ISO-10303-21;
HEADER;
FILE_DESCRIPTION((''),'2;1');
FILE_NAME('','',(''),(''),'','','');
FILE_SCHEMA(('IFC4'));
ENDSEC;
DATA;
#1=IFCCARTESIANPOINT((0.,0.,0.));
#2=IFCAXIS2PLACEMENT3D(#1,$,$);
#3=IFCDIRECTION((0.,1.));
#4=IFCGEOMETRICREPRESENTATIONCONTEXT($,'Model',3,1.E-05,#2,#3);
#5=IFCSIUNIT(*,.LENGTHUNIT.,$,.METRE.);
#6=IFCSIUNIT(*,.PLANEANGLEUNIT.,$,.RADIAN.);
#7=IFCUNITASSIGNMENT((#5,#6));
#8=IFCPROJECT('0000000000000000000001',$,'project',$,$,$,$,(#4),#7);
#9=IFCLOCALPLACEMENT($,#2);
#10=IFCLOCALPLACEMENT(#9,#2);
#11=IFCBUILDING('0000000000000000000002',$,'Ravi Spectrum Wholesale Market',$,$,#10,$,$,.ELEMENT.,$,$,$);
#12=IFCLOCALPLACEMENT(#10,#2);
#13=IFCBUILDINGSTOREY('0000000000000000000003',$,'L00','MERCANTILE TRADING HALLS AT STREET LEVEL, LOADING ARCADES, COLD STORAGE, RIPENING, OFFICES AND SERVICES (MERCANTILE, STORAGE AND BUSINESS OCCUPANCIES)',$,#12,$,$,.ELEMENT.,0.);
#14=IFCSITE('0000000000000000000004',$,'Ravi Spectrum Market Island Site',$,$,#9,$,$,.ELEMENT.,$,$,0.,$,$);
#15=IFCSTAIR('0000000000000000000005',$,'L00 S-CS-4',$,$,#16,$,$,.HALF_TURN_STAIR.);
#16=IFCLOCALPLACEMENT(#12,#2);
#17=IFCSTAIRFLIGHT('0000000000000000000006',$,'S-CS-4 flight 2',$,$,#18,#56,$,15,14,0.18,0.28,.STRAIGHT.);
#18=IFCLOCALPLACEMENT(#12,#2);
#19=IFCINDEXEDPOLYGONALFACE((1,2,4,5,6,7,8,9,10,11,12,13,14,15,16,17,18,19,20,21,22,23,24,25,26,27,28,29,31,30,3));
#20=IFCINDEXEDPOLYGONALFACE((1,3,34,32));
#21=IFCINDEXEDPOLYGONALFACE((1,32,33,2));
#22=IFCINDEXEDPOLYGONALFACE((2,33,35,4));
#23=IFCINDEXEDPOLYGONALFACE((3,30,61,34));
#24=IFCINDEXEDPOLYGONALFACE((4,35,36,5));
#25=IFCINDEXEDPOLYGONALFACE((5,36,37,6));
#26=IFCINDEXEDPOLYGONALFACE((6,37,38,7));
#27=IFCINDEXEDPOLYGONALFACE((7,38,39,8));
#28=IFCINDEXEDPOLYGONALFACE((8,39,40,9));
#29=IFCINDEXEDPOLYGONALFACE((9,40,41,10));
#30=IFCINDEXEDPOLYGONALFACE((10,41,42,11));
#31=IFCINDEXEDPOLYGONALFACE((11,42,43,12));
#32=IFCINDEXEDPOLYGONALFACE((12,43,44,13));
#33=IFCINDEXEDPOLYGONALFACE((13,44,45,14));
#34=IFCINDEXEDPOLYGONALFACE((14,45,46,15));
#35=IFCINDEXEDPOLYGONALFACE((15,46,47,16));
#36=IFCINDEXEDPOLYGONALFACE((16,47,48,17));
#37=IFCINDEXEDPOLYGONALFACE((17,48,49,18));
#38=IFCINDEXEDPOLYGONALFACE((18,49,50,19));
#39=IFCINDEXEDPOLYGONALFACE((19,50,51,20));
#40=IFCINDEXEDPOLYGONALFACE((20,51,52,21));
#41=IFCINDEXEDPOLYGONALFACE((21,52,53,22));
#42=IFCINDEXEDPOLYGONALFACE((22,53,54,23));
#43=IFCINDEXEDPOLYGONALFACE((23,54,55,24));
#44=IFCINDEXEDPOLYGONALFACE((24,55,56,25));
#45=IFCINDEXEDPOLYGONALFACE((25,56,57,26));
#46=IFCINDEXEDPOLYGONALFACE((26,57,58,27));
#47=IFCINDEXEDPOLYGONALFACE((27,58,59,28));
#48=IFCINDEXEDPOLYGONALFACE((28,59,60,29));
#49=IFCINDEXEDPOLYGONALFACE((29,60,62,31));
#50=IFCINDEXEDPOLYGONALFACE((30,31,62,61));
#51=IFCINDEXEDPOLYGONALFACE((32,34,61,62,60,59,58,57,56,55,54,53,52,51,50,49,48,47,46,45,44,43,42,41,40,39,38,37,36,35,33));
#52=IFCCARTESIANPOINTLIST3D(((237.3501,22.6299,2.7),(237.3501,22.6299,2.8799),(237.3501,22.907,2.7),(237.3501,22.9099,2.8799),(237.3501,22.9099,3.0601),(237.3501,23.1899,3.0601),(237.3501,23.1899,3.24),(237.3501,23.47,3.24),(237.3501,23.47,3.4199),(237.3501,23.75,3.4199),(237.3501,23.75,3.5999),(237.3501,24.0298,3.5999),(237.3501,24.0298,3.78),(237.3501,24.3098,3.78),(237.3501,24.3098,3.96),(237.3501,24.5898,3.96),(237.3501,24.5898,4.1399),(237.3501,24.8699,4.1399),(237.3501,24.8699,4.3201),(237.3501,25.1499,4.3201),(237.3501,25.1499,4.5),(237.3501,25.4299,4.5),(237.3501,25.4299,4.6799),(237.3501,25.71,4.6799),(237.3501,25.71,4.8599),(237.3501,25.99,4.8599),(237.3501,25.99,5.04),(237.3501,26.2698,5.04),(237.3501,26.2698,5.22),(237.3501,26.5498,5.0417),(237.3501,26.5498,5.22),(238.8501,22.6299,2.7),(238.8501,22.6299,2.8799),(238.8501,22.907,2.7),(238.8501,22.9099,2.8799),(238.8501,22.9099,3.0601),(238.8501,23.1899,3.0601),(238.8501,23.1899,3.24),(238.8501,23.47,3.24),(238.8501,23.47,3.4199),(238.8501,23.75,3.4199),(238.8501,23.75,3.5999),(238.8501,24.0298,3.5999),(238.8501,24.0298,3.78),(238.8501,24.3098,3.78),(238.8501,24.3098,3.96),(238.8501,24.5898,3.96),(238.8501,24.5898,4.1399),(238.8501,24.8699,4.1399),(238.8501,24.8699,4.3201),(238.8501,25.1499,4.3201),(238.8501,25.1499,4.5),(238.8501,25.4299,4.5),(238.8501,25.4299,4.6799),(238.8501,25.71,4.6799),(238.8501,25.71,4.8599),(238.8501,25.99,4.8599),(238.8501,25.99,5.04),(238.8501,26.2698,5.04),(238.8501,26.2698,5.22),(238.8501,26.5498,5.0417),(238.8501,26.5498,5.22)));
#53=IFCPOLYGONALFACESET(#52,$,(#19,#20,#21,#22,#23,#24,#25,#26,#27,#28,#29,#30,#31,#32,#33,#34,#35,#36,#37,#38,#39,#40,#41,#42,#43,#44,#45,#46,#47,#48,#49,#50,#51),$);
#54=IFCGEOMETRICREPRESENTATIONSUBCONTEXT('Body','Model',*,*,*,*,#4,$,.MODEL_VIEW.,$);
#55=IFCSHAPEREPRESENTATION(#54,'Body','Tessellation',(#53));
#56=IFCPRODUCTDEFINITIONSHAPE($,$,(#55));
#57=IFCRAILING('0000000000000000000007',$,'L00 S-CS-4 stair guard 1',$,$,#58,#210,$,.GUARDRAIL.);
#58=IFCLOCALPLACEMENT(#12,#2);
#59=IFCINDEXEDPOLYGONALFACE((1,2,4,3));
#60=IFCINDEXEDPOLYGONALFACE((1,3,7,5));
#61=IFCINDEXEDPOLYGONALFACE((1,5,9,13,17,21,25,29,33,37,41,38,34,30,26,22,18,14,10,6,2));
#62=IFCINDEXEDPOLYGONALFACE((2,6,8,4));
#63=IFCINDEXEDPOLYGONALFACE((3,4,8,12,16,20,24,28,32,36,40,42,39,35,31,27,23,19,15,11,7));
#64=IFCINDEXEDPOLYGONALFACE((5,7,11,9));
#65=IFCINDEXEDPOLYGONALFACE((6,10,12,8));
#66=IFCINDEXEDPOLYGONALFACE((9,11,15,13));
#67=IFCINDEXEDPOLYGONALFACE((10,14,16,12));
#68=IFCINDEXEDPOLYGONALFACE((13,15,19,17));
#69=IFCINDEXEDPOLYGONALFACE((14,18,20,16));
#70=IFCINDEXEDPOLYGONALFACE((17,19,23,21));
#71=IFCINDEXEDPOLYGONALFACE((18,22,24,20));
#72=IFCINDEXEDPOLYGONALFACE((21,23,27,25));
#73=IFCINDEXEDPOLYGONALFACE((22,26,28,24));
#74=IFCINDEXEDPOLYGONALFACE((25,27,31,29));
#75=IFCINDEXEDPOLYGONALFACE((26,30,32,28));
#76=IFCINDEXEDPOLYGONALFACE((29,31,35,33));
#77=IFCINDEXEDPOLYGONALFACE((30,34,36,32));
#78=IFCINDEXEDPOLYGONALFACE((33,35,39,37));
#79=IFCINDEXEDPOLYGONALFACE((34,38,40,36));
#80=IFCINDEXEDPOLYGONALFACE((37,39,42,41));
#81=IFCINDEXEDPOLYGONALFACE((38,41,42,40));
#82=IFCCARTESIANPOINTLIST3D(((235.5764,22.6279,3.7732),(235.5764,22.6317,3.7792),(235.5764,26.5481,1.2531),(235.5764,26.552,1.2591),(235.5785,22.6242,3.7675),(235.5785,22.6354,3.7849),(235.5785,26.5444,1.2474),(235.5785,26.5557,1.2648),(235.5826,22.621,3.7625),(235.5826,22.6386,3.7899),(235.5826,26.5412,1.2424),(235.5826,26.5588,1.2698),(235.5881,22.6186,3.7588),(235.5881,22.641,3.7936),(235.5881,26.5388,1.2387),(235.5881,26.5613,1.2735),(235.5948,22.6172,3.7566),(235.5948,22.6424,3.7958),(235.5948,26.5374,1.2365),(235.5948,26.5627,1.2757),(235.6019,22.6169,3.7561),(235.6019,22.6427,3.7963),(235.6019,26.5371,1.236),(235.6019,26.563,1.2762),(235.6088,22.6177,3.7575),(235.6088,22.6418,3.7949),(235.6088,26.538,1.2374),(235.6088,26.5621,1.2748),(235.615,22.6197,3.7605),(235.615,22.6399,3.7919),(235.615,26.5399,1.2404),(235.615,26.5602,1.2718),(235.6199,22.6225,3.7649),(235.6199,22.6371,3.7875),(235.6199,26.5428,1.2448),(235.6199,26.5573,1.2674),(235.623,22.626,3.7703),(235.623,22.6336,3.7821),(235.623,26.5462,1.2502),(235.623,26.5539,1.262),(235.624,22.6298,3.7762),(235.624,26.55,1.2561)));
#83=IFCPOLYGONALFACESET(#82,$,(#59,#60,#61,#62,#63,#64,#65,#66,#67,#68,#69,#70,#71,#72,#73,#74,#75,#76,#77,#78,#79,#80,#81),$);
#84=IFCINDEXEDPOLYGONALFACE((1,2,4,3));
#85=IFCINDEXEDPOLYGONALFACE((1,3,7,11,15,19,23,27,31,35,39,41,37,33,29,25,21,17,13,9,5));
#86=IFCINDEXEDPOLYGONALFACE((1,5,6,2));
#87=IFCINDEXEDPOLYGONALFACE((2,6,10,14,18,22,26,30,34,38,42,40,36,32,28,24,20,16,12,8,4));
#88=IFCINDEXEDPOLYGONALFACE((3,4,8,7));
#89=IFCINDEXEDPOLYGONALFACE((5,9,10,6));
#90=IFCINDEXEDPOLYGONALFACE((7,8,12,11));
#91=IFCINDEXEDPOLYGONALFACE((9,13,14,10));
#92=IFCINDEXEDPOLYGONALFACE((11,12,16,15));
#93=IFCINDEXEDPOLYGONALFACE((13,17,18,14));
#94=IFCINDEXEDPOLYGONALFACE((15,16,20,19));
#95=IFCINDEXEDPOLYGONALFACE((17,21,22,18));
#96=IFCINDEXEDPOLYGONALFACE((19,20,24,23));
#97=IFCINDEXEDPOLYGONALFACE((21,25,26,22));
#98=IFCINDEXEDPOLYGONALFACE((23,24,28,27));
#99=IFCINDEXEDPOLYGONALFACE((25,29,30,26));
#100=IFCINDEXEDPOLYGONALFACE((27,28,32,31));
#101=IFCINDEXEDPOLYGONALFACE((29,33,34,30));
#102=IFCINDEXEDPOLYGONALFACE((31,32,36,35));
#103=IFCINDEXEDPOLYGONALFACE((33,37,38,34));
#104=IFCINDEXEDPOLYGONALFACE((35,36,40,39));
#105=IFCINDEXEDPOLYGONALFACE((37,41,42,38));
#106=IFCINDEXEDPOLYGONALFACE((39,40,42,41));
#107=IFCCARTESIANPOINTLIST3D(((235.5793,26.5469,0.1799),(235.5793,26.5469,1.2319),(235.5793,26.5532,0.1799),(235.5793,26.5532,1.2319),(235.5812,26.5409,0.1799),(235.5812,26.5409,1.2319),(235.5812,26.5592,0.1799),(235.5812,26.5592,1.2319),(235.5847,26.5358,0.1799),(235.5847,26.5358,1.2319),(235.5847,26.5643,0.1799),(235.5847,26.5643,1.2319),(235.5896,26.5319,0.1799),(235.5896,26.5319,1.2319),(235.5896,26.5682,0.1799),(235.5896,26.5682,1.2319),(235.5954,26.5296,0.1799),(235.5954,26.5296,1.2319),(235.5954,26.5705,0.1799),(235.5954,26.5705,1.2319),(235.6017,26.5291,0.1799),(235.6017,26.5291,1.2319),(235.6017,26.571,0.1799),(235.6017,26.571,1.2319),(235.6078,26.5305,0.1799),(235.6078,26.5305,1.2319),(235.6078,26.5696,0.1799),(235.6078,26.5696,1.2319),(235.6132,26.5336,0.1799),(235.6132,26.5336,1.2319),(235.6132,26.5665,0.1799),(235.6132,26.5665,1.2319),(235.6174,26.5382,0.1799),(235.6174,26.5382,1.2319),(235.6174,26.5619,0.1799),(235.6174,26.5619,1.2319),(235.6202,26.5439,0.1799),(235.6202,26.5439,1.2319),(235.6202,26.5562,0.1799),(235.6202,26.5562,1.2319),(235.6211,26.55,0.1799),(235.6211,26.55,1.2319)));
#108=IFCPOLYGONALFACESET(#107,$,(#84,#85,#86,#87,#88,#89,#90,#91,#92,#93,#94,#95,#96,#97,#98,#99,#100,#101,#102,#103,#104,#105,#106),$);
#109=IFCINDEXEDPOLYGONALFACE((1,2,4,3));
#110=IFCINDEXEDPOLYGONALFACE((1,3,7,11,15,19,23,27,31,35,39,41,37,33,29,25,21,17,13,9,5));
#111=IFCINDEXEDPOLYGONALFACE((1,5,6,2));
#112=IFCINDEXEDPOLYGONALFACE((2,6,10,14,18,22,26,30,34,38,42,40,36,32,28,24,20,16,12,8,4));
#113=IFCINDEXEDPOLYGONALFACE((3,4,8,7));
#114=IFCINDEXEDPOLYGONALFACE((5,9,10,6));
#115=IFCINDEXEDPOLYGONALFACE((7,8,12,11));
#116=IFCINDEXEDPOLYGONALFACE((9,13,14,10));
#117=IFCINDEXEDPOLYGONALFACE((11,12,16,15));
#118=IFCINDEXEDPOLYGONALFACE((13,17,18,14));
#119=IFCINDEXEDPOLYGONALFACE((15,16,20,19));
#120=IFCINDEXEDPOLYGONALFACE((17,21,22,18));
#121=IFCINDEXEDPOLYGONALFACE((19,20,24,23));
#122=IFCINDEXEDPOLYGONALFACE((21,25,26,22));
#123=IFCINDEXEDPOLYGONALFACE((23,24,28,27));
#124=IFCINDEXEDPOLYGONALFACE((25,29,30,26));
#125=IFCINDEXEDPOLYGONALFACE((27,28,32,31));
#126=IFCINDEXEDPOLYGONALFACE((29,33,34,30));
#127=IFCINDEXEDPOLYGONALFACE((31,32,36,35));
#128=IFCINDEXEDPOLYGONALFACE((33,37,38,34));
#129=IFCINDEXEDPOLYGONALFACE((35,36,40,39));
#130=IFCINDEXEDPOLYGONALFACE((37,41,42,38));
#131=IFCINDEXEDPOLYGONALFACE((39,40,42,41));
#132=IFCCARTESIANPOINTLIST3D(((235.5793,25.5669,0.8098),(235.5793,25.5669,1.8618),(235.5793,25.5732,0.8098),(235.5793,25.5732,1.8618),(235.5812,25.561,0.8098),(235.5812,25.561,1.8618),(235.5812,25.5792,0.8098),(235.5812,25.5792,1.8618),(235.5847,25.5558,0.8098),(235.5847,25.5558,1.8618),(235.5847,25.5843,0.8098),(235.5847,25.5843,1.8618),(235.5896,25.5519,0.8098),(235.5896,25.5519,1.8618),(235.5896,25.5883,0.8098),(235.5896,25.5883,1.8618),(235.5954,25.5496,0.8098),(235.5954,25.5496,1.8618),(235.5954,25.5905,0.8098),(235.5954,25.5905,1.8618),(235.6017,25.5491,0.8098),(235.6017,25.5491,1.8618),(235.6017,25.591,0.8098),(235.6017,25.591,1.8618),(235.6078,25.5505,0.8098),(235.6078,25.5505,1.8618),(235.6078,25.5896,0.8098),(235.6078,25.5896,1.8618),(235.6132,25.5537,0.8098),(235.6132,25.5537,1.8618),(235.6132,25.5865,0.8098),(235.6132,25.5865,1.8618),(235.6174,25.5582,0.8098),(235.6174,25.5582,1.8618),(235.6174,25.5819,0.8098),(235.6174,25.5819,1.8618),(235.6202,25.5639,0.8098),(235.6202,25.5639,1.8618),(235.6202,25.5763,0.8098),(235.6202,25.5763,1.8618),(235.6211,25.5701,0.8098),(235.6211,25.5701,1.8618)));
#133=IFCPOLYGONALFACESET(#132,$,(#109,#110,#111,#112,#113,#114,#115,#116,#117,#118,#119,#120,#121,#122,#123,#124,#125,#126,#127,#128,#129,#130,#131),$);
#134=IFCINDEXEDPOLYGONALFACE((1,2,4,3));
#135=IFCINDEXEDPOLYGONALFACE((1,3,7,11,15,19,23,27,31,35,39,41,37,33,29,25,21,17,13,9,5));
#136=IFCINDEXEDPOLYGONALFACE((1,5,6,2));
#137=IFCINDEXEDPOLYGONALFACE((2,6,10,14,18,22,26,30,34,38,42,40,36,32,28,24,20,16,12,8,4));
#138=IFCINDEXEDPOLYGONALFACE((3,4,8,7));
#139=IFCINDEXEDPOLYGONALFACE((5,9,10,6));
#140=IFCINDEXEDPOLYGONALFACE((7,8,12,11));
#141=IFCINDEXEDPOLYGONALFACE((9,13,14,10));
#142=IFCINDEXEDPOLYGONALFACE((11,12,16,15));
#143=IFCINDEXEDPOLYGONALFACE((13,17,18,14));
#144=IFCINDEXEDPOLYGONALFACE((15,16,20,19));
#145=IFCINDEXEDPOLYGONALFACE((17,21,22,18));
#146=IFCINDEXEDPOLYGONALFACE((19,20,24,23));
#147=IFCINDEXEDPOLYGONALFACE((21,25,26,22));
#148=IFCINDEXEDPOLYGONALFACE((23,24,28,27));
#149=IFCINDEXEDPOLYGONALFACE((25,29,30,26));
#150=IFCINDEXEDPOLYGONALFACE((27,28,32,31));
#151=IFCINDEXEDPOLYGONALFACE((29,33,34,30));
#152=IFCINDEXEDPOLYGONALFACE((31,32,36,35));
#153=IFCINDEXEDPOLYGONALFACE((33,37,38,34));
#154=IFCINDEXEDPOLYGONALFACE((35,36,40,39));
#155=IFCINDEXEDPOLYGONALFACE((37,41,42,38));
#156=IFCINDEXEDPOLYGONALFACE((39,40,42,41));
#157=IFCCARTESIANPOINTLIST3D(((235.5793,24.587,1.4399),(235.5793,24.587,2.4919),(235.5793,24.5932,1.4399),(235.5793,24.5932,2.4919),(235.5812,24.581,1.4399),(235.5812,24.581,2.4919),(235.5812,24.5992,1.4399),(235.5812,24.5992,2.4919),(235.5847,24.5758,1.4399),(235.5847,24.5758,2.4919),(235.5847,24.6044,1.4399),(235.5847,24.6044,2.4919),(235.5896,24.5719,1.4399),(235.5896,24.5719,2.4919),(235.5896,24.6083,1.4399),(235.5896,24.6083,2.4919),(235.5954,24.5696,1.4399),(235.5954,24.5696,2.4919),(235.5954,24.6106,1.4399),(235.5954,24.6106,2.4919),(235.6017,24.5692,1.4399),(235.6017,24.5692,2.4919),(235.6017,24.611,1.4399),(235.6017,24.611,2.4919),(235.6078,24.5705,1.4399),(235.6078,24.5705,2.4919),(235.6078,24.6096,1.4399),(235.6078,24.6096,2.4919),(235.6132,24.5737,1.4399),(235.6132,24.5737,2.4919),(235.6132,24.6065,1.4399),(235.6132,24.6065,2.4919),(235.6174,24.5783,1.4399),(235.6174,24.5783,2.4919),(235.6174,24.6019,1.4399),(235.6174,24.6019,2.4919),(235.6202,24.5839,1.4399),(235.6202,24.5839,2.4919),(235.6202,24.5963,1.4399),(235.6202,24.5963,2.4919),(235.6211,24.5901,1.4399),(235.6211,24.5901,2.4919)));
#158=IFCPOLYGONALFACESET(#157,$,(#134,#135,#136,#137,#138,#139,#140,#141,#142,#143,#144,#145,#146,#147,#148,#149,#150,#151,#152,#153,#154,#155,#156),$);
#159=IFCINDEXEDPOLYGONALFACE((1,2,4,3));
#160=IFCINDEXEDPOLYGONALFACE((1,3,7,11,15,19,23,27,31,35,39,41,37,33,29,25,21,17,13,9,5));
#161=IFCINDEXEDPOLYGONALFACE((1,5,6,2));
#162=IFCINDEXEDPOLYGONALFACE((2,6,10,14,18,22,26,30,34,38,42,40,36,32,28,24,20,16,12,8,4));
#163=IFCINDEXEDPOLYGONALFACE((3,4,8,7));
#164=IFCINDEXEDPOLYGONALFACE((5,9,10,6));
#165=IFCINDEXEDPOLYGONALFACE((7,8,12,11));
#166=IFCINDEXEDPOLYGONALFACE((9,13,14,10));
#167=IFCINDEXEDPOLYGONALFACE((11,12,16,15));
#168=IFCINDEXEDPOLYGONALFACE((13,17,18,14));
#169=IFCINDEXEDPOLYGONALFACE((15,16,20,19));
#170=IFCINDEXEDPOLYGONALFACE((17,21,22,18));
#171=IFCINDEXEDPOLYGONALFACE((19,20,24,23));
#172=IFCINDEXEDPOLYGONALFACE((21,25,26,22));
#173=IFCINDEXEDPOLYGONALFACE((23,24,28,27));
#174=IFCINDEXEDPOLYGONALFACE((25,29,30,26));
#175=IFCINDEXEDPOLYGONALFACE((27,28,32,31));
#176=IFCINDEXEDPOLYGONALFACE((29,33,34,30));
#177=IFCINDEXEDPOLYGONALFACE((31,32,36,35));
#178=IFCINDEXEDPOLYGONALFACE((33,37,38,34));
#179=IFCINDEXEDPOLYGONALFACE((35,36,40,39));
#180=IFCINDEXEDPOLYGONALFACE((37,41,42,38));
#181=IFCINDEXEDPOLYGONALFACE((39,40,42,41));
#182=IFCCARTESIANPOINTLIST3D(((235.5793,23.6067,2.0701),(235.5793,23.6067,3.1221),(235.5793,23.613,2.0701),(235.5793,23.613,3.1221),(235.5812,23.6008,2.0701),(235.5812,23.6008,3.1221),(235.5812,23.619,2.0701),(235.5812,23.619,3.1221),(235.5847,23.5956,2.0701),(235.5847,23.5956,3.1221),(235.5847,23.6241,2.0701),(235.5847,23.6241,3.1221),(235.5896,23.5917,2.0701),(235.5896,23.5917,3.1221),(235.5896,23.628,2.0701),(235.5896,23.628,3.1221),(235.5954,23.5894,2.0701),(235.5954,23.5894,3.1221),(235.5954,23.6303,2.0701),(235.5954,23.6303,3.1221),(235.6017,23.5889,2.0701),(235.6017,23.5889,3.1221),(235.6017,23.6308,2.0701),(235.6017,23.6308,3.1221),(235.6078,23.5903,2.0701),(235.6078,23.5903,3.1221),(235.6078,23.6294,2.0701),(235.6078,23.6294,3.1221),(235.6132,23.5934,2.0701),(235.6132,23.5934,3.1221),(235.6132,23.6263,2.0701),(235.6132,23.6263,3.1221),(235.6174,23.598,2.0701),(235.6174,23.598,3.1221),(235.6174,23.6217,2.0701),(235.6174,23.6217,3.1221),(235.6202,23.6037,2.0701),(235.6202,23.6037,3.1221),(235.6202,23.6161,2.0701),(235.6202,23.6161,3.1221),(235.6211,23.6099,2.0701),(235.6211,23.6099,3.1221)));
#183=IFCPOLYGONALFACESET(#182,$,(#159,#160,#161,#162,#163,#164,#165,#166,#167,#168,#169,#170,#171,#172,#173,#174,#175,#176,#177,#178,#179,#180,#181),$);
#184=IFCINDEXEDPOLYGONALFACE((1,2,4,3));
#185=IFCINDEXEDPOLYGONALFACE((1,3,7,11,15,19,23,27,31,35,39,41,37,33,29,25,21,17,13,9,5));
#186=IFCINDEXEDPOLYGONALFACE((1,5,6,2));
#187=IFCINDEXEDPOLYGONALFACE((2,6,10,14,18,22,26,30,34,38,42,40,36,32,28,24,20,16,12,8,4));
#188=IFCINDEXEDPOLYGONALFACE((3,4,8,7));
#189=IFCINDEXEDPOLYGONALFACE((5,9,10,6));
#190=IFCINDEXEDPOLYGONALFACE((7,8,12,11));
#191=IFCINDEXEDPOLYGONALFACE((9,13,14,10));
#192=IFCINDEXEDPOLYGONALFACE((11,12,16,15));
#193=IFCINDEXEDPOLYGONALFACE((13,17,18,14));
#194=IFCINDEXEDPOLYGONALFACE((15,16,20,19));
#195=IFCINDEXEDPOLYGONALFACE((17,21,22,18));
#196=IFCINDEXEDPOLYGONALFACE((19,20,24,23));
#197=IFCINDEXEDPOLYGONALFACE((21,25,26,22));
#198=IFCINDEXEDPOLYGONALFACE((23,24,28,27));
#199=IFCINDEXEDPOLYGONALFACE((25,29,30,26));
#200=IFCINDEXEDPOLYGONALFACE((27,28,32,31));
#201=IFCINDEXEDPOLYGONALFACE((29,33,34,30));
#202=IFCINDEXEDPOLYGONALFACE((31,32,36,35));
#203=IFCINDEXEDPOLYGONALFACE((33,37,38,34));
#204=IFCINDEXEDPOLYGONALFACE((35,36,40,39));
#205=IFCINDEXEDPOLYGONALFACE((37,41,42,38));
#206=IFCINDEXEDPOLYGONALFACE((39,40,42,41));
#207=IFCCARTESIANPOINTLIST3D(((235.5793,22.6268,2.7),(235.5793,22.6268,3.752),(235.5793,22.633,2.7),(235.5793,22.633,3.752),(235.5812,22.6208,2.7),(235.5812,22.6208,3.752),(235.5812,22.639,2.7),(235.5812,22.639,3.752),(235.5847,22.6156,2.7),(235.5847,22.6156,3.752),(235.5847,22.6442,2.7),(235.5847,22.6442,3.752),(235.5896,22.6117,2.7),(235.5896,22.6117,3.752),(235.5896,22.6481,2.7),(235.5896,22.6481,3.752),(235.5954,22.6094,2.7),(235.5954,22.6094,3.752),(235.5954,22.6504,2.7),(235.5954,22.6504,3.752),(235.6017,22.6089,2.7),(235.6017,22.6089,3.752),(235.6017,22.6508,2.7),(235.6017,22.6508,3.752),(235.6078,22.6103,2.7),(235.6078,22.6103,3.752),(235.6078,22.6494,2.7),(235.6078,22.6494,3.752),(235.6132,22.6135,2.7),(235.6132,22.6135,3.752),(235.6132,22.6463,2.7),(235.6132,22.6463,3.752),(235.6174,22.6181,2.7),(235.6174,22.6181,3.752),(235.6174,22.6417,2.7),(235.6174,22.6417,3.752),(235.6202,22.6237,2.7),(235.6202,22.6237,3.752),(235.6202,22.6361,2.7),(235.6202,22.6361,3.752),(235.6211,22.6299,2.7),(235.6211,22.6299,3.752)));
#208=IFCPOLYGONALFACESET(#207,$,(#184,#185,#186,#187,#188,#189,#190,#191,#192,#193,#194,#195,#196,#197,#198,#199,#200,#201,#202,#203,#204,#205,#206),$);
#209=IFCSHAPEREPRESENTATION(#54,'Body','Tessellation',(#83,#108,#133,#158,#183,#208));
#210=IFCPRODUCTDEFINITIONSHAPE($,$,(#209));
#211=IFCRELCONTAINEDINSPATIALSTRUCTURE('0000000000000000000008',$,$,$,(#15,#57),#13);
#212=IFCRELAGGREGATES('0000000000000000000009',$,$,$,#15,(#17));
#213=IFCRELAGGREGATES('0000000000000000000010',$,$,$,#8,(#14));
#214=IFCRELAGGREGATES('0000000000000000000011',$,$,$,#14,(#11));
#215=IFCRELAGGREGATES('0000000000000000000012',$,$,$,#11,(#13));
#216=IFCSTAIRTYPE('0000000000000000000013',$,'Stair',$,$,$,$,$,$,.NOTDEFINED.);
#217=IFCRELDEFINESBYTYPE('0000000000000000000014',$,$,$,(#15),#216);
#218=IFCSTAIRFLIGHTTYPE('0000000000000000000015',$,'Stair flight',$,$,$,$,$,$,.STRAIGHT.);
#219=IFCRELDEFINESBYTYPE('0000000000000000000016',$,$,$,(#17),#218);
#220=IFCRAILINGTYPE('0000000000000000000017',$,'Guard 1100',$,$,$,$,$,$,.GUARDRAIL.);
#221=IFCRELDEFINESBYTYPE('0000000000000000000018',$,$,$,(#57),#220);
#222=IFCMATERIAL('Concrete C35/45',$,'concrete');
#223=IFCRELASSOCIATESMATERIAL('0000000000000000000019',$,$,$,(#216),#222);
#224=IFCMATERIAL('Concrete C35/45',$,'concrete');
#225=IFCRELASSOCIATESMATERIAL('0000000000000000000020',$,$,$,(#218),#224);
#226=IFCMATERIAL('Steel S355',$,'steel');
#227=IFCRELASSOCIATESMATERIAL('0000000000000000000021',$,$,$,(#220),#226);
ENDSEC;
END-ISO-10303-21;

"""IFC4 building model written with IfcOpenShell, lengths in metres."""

from ifc_helpers import new_model, si_unit, direction, frame, origin, origin_2d, place, context, subcontext, project, spatial, polyline, circle, outline, extrude, material, type_object, element, aggregate, save


model = new_model("IFC4")

# Units and contexts
model_context = context("Model", 3, precision=1e-05, world=origin(), true_north=direction((0.0, 1.0)))
body_context = subcontext(model_context, "Body", "Model", "MODEL_VIEW")
ifc_project = project(units=[si_unit("LENGTHUNIT", "METRE"), si_unit("PLANEANGLEUNIT", "RADIAN")], contexts=[model_context])

# Site, building, storey
site_placement = place(None, origin())
site = spatial("IfcSite", under=ifc_project, at=site_placement, Name="Ravi Spectrum Market Island Site", CompositionType="ELEMENT", RefElevation=0.0)
building_placement = place(site_placement, origin())
building = spatial("IfcBuilding", under=site, at=building_placement, Name="Ravi Spectrum Wholesale Market", CompositionType="ELEMENT")
storey_placement = place(building_placement, origin())
storey = spatial("IfcBuildingStorey", under=building, at=storey_placement, Name="L00", Description="MERCANTILE TRADING HALLS AT STREET LEVEL, LOADING ARCADES, COLD STORAGE, RIPENING, OFFICES AND SERVICES (MERCANTILE, STORAGE AND BUSINESS OCCUPANCIES)", CompositionType="ELEMENT", Elevation=0.0)

# Stair, stair flight
ifc_material_1 = material(Name="Concrete C35/45", Category="concrete")
stair_type = type_object("IfcStairType", Name="Stair", PredefinedType="NOTDEFINED", material=ifc_material_1)
stair_placement = place(storey_placement, origin())
stair = element("IfcStair", 1, at=stair_placement, inside=storey, type_object=stair_type, Name="L00 S-CS-4", PredefinedType="HALF_TURN_STAIR")
ifc_material_2 = material(Name="Concrete C35/45", Category="concrete")
stair_flight_type = type_object("IfcStairFlightType", Name="Stair flight", PredefinedType="STRAIGHT", material=ifc_material_2)
stair_flight_1_placement = place(storey_placement, frame((238.1001, 22.6299, 2.7), z_axis=(0.0, 0.0, 1.0), x_axis=(0.0, 1.0, 0.0)))
stair_flight_1 = element("IfcStairFlight", 2, at=stair_flight_1_placement, type_object=stair_flight_type, Name="S-CS-4 flight 2", NumberOfRisers=15, NumberOfTreads=14, PredefinedType="STRAIGHT", RiserHeight=0.18, TreadLength=0.28, context=body_context, shape_type="SweptSolid", body=[
    extrude(outline(polyline([(0.0, 0.0), (0.0, 0.1799), (0.28, 0.1799), (0.28, 0.3601), (0.5601, 0.3601), (0.5601, 0.54), (0.8401, 0.54), (0.8401, 0.72), (1.1201, 0.72), (1.1201, 0.8999), (1.3999, 0.8999), (1.3999, 1.0801), (1.6799, 1.0801), (1.6799, 1.26), (1.96, 1.26), (1.96, 1.4399), (2.24, 1.4399), (2.24, 1.6201), (2.52, 1.6201), (2.52, 1.8), (2.8, 1.8), (2.8, 1.98), (3.0801, 1.98), (3.0801, 2.1599), (3.3601, 2.1599), (3.3601, 2.3401), (3.6399, 2.3401), (3.6399, 2.52), (3.9199, 2.52), (3.9199, 2.7), (3.9199, 2.3418), (0.2771, 0.0), (0.0, 0.0)])), frame((0.0, 0.75, 0.0), z_axis=(0.0, -1.0, 0.0), x_axis=(1.0, 0.0, 0.0)), (0.0, 0.0, 1.0), 1.5),
])
aggregate(stair, [stair_flight_1])

# Railing
ifc_material_3 = material(Name="Steel S355", Category="steel")
railing_type_1 = type_object("IfcRailingType", Name="Guard 1100", PredefinedType="GUARDRAIL", material=ifc_material_3)
railing_1_placement = place(storey_placement, frame((235.6001, 26.55, 0.1799)))
element("IfcRailing", 3, at=railing_1_placement, inside=storey, type_object=railing_type_1, Name="L00 S-CS-4 stair guard 1", PredefinedType="GUARDRAIL", context=body_context, shape_type="SweptSolid", body=[
    extrude(circle(Radius=0.0239, at=origin_2d()), frame((0.0, 0.0, 1.0762), z_axis=(0.0, -0.841187, 0.540744), x_axis=(1.0, 0.0, 0.0)), (0.0, 0.0, 1.0), 4.6604),
    extrude(circle(Radius=0.021, at=origin_2d()), origin(), (0.0, 0.0, 1.0), 1.052),
    extrude(circle(Radius=0.021, at=origin_2d()), frame((0.0, -0.98, 0.6299)), (0.0, 0.0, 1.0), 1.052),
    extrude(circle(Radius=0.021, at=origin_2d()), frame((0.0, -1.96, 1.26)), (0.0, 0.0, 1.0), 1.052),
    extrude(circle(Radius=0.021, at=origin_2d()), frame((0.0, -2.9402, 1.8901)), (0.0, 0.0, 1.0), 1.052),
    extrude(circle(Radius=0.021, at=origin_2d()), frame((0.0, -3.9202, 2.52)), (0.0, 0.0, 1.0), 1.052),
])

save(model, "model.ifc")
